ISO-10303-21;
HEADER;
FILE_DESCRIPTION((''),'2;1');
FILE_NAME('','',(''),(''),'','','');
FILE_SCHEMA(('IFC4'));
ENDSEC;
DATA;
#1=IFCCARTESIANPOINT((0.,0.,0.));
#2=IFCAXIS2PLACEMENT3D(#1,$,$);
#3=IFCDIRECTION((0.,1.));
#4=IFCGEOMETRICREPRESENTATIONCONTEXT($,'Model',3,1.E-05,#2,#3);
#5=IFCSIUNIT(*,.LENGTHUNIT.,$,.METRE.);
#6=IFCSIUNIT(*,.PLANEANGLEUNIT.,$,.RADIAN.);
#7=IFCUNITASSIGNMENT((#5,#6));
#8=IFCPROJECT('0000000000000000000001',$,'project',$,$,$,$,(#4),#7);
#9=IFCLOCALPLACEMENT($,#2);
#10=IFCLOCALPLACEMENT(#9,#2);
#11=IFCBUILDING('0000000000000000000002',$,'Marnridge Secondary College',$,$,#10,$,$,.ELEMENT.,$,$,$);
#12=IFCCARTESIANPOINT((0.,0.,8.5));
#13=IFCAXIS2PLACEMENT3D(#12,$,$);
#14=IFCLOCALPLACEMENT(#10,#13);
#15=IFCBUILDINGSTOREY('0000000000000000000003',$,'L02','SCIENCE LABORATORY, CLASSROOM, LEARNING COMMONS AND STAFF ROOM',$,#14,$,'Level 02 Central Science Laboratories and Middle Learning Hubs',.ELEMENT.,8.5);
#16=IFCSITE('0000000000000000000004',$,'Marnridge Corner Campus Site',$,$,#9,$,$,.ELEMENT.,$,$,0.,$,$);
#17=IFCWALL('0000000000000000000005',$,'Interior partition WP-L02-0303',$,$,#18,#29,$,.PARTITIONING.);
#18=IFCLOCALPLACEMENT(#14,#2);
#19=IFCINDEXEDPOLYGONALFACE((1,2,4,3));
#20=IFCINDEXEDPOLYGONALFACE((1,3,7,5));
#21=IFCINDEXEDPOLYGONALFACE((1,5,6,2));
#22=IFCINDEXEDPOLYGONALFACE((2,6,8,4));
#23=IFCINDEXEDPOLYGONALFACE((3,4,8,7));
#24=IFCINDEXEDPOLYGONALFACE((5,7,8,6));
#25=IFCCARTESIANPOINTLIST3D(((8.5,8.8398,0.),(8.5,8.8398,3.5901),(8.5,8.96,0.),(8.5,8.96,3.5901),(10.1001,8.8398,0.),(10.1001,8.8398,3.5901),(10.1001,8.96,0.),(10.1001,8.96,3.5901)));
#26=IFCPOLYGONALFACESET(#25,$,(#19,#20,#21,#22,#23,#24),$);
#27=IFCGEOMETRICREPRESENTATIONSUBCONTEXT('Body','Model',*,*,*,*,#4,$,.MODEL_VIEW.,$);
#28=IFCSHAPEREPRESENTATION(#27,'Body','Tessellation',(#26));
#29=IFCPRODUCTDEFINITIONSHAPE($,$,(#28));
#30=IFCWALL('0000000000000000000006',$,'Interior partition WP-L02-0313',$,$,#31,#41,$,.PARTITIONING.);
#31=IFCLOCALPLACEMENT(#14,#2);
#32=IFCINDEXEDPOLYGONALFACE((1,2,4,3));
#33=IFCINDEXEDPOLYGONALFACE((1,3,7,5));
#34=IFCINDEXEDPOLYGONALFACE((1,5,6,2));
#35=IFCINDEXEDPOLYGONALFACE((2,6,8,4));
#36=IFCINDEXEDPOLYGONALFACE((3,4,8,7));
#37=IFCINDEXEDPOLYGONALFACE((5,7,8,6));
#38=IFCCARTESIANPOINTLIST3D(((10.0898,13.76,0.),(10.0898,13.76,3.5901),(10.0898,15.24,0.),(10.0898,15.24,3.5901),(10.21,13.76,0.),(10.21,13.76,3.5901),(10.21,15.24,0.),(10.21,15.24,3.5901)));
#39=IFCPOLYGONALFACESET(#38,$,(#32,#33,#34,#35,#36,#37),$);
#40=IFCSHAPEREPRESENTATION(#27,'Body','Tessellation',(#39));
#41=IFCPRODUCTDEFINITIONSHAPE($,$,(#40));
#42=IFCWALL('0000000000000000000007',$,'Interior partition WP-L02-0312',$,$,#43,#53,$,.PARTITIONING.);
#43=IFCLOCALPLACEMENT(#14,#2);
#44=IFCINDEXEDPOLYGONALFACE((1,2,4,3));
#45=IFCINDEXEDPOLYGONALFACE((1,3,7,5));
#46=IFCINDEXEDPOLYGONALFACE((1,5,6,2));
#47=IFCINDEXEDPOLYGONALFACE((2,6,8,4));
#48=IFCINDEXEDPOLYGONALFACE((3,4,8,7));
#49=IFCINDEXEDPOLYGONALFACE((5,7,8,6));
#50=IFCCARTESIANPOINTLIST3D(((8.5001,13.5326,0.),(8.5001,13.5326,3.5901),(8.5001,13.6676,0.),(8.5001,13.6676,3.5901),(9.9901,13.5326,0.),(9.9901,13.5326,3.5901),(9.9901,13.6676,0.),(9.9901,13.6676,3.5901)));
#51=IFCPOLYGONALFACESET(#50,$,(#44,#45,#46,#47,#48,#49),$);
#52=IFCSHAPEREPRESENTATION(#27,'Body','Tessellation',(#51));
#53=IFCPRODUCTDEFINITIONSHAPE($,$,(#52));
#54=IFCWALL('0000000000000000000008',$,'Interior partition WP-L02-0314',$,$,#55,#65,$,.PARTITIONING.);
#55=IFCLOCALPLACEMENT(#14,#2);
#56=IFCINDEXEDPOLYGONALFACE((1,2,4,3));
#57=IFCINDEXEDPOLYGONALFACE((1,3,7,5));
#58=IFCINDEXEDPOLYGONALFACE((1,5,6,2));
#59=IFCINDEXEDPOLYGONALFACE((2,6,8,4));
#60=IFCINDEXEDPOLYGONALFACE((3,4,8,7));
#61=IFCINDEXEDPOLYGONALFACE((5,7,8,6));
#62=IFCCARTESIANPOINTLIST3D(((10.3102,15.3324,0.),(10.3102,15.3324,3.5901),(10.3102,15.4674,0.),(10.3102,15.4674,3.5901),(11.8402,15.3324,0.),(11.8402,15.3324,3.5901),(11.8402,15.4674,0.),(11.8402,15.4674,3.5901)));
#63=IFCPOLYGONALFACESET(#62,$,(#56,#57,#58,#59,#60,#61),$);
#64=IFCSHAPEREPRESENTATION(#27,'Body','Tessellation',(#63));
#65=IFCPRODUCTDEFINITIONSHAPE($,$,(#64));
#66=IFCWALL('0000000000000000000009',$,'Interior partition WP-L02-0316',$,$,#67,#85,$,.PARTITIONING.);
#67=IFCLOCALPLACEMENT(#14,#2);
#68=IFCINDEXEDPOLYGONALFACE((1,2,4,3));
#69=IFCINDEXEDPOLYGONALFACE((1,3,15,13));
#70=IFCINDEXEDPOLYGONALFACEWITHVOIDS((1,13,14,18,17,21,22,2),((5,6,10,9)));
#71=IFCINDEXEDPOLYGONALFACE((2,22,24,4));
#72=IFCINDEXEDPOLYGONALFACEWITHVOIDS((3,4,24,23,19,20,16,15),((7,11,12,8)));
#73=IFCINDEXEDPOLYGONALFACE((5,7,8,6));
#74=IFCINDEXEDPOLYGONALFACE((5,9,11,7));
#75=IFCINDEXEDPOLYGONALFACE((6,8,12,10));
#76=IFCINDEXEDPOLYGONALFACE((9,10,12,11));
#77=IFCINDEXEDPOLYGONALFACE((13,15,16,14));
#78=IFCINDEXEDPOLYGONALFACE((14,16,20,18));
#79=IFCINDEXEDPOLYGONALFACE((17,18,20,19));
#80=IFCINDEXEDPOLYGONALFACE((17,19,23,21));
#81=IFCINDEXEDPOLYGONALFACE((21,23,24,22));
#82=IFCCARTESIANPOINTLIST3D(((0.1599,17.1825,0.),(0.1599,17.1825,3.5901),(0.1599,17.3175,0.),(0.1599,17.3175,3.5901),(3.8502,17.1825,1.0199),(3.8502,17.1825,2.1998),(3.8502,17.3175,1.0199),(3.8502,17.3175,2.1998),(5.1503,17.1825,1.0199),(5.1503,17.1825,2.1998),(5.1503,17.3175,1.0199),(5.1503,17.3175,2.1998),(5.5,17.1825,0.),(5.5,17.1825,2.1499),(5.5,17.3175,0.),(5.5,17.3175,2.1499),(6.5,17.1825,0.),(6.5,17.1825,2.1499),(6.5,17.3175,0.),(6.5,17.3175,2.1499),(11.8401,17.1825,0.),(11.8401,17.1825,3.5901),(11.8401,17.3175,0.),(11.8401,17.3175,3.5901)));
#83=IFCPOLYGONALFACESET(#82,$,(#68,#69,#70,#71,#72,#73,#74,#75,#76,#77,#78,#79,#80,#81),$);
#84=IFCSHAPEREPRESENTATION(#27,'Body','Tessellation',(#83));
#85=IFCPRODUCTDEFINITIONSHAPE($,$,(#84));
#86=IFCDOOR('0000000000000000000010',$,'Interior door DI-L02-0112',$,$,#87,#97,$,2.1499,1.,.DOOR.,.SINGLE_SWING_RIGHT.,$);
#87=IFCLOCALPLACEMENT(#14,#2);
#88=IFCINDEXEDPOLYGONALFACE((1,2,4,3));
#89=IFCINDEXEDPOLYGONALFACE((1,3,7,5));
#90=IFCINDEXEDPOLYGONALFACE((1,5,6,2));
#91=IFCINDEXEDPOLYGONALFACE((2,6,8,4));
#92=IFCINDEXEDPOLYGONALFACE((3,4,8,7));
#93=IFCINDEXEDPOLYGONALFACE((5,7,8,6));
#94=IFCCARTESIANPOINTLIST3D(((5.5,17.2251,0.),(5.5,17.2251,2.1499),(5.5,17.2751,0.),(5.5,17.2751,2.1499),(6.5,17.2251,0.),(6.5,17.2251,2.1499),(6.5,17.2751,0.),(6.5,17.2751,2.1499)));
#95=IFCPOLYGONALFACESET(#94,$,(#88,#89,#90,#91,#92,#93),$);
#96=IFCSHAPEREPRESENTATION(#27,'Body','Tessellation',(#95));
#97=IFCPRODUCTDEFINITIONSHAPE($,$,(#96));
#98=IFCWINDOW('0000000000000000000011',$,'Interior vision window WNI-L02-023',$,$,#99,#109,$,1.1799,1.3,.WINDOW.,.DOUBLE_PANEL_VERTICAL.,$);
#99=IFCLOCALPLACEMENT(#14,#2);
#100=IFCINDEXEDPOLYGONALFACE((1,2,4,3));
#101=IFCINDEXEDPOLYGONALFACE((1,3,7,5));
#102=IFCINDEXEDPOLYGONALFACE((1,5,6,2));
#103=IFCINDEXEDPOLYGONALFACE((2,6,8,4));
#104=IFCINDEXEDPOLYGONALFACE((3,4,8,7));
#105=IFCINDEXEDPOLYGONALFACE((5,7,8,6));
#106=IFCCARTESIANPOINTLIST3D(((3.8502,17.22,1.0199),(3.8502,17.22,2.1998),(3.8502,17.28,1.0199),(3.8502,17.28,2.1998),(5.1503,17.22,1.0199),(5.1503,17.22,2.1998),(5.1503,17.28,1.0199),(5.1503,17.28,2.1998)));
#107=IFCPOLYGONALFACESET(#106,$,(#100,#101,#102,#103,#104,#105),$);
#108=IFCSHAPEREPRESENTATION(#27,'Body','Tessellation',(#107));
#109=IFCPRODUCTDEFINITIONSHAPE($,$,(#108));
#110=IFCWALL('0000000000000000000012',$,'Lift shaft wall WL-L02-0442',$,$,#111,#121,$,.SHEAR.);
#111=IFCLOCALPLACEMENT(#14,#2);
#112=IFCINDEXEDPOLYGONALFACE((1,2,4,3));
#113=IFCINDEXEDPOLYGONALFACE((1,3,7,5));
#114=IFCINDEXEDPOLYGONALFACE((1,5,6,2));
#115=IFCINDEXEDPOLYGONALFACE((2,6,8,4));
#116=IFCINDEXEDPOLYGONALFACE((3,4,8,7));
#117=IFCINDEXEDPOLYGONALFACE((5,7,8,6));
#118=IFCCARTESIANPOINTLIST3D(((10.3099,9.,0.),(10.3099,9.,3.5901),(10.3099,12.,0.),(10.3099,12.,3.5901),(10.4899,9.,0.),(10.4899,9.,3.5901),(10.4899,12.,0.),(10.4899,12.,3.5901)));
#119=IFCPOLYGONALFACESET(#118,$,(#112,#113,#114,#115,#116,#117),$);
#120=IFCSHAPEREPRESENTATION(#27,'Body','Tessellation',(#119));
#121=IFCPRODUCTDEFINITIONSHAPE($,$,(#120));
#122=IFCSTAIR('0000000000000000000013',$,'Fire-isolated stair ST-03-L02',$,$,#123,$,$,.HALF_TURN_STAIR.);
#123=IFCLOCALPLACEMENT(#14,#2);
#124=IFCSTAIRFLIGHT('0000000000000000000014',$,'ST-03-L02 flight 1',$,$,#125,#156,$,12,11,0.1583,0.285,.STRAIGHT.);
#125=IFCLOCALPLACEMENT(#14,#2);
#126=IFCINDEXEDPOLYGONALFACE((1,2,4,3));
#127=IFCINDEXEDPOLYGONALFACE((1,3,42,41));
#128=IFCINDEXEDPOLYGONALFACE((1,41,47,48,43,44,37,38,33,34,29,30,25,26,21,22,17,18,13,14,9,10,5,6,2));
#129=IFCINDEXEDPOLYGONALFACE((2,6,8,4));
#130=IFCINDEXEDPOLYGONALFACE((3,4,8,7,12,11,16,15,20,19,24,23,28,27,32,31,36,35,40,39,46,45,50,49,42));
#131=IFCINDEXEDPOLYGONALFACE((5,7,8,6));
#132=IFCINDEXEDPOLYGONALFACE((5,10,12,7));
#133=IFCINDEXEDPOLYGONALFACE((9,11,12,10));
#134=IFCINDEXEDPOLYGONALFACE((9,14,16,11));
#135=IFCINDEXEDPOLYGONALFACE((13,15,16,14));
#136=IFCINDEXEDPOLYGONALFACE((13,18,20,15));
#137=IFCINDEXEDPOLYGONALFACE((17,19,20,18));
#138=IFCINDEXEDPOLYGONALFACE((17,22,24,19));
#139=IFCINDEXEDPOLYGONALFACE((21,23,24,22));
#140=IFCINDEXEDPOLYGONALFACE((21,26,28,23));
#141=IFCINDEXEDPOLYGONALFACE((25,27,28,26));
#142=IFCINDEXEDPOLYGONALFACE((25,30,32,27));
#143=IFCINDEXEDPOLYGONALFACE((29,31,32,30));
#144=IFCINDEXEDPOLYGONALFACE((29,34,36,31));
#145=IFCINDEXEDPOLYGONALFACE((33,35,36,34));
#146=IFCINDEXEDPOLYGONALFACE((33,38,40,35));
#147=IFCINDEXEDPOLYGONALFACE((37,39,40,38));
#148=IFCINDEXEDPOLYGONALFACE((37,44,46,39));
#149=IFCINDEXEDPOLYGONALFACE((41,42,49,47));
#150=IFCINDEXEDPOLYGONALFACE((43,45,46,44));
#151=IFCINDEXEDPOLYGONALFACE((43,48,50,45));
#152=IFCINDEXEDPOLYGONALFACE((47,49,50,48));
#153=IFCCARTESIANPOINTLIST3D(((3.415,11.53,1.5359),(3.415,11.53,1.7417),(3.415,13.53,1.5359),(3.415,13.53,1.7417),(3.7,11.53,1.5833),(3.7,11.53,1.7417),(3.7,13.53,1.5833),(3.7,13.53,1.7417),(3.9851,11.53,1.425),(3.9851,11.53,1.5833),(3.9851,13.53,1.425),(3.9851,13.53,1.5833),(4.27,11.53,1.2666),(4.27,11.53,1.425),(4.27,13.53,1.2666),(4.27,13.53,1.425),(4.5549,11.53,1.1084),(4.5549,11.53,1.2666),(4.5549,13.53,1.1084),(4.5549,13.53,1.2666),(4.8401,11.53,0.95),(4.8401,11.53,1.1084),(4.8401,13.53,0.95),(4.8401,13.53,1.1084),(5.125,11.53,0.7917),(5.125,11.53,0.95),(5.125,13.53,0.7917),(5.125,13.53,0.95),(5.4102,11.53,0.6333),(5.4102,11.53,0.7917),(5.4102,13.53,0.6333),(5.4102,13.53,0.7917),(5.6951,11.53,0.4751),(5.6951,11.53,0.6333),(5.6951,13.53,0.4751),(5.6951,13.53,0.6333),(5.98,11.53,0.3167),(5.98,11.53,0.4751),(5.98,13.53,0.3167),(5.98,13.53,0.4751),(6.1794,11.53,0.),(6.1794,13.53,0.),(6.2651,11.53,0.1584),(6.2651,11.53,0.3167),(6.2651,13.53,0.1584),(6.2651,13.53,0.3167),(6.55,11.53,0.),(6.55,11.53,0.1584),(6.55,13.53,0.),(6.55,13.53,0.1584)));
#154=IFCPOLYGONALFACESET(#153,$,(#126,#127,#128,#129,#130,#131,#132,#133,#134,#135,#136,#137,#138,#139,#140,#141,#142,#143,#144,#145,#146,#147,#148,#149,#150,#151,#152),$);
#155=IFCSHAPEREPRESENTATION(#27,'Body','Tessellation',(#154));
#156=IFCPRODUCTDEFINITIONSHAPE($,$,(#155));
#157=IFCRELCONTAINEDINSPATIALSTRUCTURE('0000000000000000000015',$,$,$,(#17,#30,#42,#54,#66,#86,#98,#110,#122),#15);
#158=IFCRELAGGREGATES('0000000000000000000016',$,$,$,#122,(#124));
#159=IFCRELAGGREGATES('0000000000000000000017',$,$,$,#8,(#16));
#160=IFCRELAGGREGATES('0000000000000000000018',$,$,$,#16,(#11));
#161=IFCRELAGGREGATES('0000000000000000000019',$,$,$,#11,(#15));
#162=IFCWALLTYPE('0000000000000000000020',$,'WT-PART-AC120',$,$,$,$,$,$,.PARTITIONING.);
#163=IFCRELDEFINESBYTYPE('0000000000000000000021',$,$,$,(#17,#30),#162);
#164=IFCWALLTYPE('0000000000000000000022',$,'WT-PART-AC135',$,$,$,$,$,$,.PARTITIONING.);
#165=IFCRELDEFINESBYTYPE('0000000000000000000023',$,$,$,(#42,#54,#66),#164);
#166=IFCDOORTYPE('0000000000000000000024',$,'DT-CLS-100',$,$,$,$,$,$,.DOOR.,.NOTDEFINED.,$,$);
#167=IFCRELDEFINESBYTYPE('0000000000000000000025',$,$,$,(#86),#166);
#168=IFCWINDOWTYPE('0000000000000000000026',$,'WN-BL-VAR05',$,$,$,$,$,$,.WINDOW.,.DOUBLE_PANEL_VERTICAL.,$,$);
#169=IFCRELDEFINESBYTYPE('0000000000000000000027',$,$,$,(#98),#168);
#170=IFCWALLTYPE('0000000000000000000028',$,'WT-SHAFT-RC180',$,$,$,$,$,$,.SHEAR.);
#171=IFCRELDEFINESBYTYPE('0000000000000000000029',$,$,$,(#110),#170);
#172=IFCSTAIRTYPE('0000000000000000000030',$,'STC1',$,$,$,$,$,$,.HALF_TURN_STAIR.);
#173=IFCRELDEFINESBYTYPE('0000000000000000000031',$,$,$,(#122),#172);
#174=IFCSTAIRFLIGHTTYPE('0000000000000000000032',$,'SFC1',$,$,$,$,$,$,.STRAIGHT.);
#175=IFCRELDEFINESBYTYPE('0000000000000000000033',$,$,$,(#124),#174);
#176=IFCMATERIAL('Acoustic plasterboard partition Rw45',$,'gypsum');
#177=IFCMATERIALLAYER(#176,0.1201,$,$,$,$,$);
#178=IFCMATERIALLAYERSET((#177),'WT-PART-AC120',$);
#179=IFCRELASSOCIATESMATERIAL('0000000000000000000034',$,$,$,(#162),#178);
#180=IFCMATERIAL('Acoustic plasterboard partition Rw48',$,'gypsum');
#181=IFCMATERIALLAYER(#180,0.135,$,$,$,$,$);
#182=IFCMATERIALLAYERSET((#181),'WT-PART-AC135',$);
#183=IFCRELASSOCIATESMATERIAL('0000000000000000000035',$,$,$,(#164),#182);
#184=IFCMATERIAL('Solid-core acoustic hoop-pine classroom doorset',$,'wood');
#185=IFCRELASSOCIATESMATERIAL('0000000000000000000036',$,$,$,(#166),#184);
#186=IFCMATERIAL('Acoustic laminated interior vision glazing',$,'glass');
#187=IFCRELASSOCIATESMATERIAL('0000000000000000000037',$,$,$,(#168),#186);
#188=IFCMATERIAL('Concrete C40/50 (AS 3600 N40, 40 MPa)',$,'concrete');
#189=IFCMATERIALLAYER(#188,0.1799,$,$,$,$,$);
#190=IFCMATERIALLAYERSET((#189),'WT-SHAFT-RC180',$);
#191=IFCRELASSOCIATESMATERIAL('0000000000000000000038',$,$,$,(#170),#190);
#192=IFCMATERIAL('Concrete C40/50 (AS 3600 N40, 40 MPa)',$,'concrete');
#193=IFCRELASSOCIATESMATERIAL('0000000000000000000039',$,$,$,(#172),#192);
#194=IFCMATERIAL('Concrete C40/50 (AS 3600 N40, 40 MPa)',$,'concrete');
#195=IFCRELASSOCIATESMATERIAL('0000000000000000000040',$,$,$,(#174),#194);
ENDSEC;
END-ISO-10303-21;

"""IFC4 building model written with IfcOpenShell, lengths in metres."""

from ifc_helpers import new_model, si_unit, direction, frame, frame_2d, origin, place, context, subcontext, project, spatial, polyline, rectangle, outline, extrude, material, layer, layer_set, type_object, element, fill, aggregate, save


model = new_model("IFC4")

# Units and contexts
model_context = context("Model", 3, precision=1e-05, world=origin(), true_north=direction((0.0, 1.0)))
body_context = subcontext(model_context, "Body", "Model", "MODEL_VIEW")
ifc_project = project(units=[si_unit("LENGTHUNIT", "METRE"), si_unit("PLANEANGLEUNIT", "RADIAN")], contexts=[model_context])

# Site, building, storey
site_placement = place(None, origin())
site = spatial("IfcSite", under=ifc_project, at=site_placement, Name="Marnridge Corner Campus Site", CompositionType="ELEMENT", RefElevation=0.0)
building_placement = place(site_placement, origin())
building = spatial("IfcBuilding", under=site, at=building_placement, Name="Marnridge Secondary College", CompositionType="ELEMENT")
storey_placement = place(building_placement, frame((0.0, 0.0, 8.5)))
storey = spatial("IfcBuildingStorey", under=building, at=storey_placement, Name="L02", Description="SCIENCE LABORATORY, CLASSROOM, LEARNING COMMONS AND STAFF ROOM", LongName="Level 02 Central Science Laboratories and Middle Learning Hubs", CompositionType="ELEMENT", Elevation=8.5)

# Walls
ifc_material_1 = material(Name="Acoustic plasterboard partition Rw45", Category="gypsum")
ifc_layer_1 = layer(ifc_material_1, 0.1201)
ifc_layer_set_1 = layer_set([ifc_layer_1], Name="WT-PART-AC120")
wall_type_1 = type_object("IfcWallType", Name="WT-PART-AC120", PredefinedType="PARTITIONING", material=ifc_layer_set_1)
wall_1_placement = place(storey_placement, frame((10.1001, 8.8999, 0.0), z_axis=(0.0, 0.0, 1.0), x_axis=(-1.0, 0.0, 0.0)))
element("IfcWall", 1, at=wall_1_placement, inside=storey, type_object=wall_type_1, Name="Interior partition WP-L02-0303", PredefinedType="PARTITIONING", context=body_context, shape_type="SweptSolid", body=[
    extrude(rectangle(XDim=1.6001, YDim=0.1201, at=frame_2d((0.8, 0.0))), origin(), (0.0, 0.0, 1.0), 3.5901),
])
wall_2_placement = place(storey_placement, frame((10.1499, 13.76, 0.0), z_axis=(0.0, 0.0, 1.0), x_axis=(0.0, 1.0, 0.0)))
element("IfcWall", 2, at=wall_2_placement, inside=storey, type_object=wall_type_1, Name="Interior partition WP-L02-0313", PredefinedType="PARTITIONING", context=body_context, shape_type="SweptSolid", body=[
    extrude(rectangle(XDim=1.48, YDim=0.1201, at=frame_2d((0.74, 0.0))), origin(), (0.0, 0.0, 1.0), 3.5901),
])
ifc_material_2 = material(Name="Acoustic plasterboard partition Rw48", Category="gypsum")
ifc_layer_2 = layer(ifc_material_2, 0.135)
ifc_layer_set_2 = layer_set([ifc_layer_2], Name="WT-PART-AC135")
wall_type_2 = type_object("IfcWallType", Name="WT-PART-AC135", PredefinedType="PARTITIONING", material=ifc_layer_set_2)
wall_3_placement = place(storey_placement, frame((8.5, 13.6001, 0.0), z_axis=(0.0, 0.0, 1.0), x_axis=(1.0, 0.0, 0.0)))
element("IfcWall", 3, at=wall_3_placement, inside=storey, type_object=wall_type_2, Name="Interior partition WP-L02-0312", PredefinedType="PARTITIONING", context=body_context, shape_type="SweptSolid", body=[
    extrude(rectangle(XDim=1.49, YDim=0.135, at=frame_2d((0.7451, 0.0))), origin(), (0.0, 0.0, 1.0), 3.5901),
])
wall_4_placement = place(storey_placement, frame((10.3101, 15.3999, 0.0), z_axis=(0.0, 0.0, 1.0), x_axis=(1.0, 0.0, 0.0)))
element("IfcWall", 4, at=wall_4_placement, inside=storey, type_object=wall_type_2, Name="Interior partition WP-L02-0314", PredefinedType="PARTITIONING", context=body_context, shape_type="SweptSolid", body=[
    extrude(rectangle(XDim=1.53, YDim=0.135, at=frame_2d((0.7651, 0.0))), origin(), (0.0, 0.0, 1.0), 3.5901),
])

# Wall, openings, door, window
wall_5_placement = place(storey_placement, frame((11.8401, 17.25, 0.0), z_axis=(0.0, 0.0, 1.0), x_axis=(-1.0, 0.0, 0.0)))
wall_5 = element("IfcWall", 5, at=wall_5_placement, inside=storey, type_object=wall_type_2, Name="Interior partition WP-L02-0316", PredefinedType="PARTITIONING", context=body_context, shape_type="SweptSolid", body=[
    extrude(rectangle(XDim=11.6802, YDim=0.135, at=frame_2d((5.8401, 0.0))), origin(), (0.0, 0.0, 1.0), 3.5901),
])
opening_1_placement = place(wall_5_placement, frame((5.3401, 0.0, 0.0)))
opening_1 = element("IfcOpeningElement", 6, at=opening_1_placement, cuts=wall_5, PredefinedType="OPENING", context=body_context, shape_type="SweptSolid", body=[
    extrude(rectangle(XDim=1.0, YDim=2.1499, at=frame_2d((0.5, 1.075))), frame((0.0, 0.0774, 0.0), z_axis=(0.0, -1.0, 0.0), x_axis=(1.0, 0.0, 0.0)), (0.0, 0.0, 1.0), 0.155),
])
opening_2_placement = place(wall_5_placement, frame((6.6899, 0.0, 1.02)))
opening_2 = element("IfcOpeningElement", 7, at=opening_2_placement, cuts=wall_5, PredefinedType="OPENING", context=body_context, shape_type="SweptSolid", body=[
    extrude(rectangle(XDim=1.3, YDim=1.1799, at=frame_2d((0.6499, 0.5898))), frame((0.0, 0.0774, 0.0), z_axis=(0.0, -1.0, 0.0), x_axis=(1.0, 0.0, 0.0)), (0.0, 0.0, 1.0), 0.155),
])
ifc_material_3 = material(Name="Solid-core acoustic hoop-pine classroom doorset", Category="wood")
door_type_1 = type_object("IfcDoorType", Name="DT-CLS-100", OperationType="NOTDEFINED", PredefinedType="DOOR", material=ifc_material_3)
door_1_placement = place(opening_1_placement, origin())
door_1 = element("IfcDoor", 8, at=door_1_placement, inside=storey, type_object=door_type_1, Name="Interior door DI-L02-0112", OperationType="SINGLE_SWING_RIGHT", OverallHeight=2.1499, OverallWidth=1.0, PredefinedType="DOOR", context=body_context, shape_type="SweptSolid", body=[
    extrude(rectangle(XDim=1.0, YDim=2.1499, at=frame_2d((0.5, 1.075))), frame((0.0, 0.0249, 0.0), z_axis=(0.0, -1.0, 0.0), x_axis=(1.0, 0.0, 0.0)), (0.0, 0.0, 1.0), 0.05),
])
fill(opening_1, door_1)
ifc_material_4 = material(Name="Acoustic laminated interior vision glazing", Category="glass")
window_type = type_object("IfcWindowType", Name="WN-BL-VAR05", PartitioningType="DOUBLE_PANEL_VERTICAL", PredefinedType="WINDOW", material=ifc_material_4)
window_placement = place(opening_2_placement, origin())
window = element("IfcWindow", 9, at=window_placement, inside=storey, type_object=window_type, Name="Interior vision window WNI-L02-023", OverallHeight=1.1799, OverallWidth=1.3, PartitioningType="DOUBLE_PANEL_VERTICAL", PredefinedType="WINDOW", context=body_context, shape_type="SweptSolid", body=[
    extrude(rectangle(XDim=1.3, YDim=1.1799, at=frame_2d((0.6499, 0.5898))), frame((0.0, 0.03, 0.0), z_axis=(0.0, -1.0, 0.0), x_axis=(1.0, 0.0, 0.0)), (0.0, 0.0, 1.0), 0.0601),
])
fill(opening_2, window)

# Wall
ifc_material_5 = material(Name="Concrete C40/50 (AS 3600 N40, 40 MPa)", Category="concrete")
ifc_layer_3 = layer(ifc_material_5, 0.1799)
ifc_layer_set_3 = layer_set([ifc_layer_3], Name="WT-SHAFT-RC180")
wall_type_3 = type_object("IfcWallType", Name="WT-SHAFT-RC180", PredefinedType="SHEAR", material=ifc_layer_set_3)
wall_6_placement = place(storey_placement, frame((10.3999, 9.0, 0.0), z_axis=(0.0, 0.0, 1.0), x_axis=(0.0, 1.0, 0.0)))
element("IfcWall", 10, at=wall_6_placement, inside=storey, type_object=wall_type_3, Name="Lift shaft wall WL-L02-0442", PredefinedType="SHEAR", context=body_context, shape_type="SweptSolid", body=[
    extrude(rectangle(XDim=3.0, YDim=0.1799, at=frame_2d((1.5, 0.0))), origin(), (0.0, 0.0, 1.0), 3.5901),
])

# Stair, stair flight
ifc_material_6 = material(Name="Concrete C40/50 (AS 3600 N40, 40 MPa)", Category="concrete")
stair_type = type_object("IfcStairType", Name="STC1", PredefinedType="HALF_TURN_STAIR", material=ifc_material_6)
stair_placement = place(storey_placement, origin())
stair = element("IfcStair", 11, at=stair_placement, inside=storey, type_object=stair_type, Name="Fire-isolated stair ST-03-L02", PredefinedType="HALF_TURN_STAIR")
ifc_material_7 = material(Name="Concrete C40/50 (AS 3600 N40, 40 MPa)", Category="concrete")
stair_flight_type = type_object("IfcStairFlightType", Name="SFC1", PredefinedType="STRAIGHT", material=ifc_material_7)
stair_flight_placement = place(storey_placement, frame((6.55, 12.53, 0.0), z_axis=(0.0, 0.0, 1.0), x_axis=(-1.0, 0.0, 0.0)))
stair_flight = element("IfcStairFlight", 12, at=stair_flight_placement, type_object=stair_flight_type, Name="ST-03-L02 flight 1", NumberOfRisers=12, NumberOfTreads=11, PredefinedType="STRAIGHT", RiserHeight=0.1583, TreadLength=0.285, context=body_context, shape_type="SweptSolid", body=[
    extrude(outline(polyline([(0.0, 0.0), (0.0, 0.1584), (0.2849, 0.1584), (0.2849, 0.3167), (0.5701, 0.3167), (0.5701, 0.4751), (0.855, 0.4751), (0.855, 0.6333), (1.1399, 0.6333), (1.1399, 0.7917), (1.425, 0.7917), (1.425, 0.95), (1.71, 0.95), (1.71, 1.1084), (1.9951, 1.1084), (1.9951, 1.2666), (2.28, 1.2666), (2.28, 1.425), (2.5649, 1.425), (2.5649, 1.5833), (2.8501, 1.5833), (2.8501, 1.7417), (3.135, 1.7417), (3.135, 1.8999), (3.135, 1.5359), (0.3706, 0.0), (0.0, 0.0)])), frame((0.0, 1.0, 0.0), z_axis=(0.0, -1.0, 0.0), x_axis=(1.0, 0.0, 0.0)), (0.0, 0.0, 1.0), 2.0),
])
aggregate(stair, [stair_flight])

save(model, "model.ifc")
